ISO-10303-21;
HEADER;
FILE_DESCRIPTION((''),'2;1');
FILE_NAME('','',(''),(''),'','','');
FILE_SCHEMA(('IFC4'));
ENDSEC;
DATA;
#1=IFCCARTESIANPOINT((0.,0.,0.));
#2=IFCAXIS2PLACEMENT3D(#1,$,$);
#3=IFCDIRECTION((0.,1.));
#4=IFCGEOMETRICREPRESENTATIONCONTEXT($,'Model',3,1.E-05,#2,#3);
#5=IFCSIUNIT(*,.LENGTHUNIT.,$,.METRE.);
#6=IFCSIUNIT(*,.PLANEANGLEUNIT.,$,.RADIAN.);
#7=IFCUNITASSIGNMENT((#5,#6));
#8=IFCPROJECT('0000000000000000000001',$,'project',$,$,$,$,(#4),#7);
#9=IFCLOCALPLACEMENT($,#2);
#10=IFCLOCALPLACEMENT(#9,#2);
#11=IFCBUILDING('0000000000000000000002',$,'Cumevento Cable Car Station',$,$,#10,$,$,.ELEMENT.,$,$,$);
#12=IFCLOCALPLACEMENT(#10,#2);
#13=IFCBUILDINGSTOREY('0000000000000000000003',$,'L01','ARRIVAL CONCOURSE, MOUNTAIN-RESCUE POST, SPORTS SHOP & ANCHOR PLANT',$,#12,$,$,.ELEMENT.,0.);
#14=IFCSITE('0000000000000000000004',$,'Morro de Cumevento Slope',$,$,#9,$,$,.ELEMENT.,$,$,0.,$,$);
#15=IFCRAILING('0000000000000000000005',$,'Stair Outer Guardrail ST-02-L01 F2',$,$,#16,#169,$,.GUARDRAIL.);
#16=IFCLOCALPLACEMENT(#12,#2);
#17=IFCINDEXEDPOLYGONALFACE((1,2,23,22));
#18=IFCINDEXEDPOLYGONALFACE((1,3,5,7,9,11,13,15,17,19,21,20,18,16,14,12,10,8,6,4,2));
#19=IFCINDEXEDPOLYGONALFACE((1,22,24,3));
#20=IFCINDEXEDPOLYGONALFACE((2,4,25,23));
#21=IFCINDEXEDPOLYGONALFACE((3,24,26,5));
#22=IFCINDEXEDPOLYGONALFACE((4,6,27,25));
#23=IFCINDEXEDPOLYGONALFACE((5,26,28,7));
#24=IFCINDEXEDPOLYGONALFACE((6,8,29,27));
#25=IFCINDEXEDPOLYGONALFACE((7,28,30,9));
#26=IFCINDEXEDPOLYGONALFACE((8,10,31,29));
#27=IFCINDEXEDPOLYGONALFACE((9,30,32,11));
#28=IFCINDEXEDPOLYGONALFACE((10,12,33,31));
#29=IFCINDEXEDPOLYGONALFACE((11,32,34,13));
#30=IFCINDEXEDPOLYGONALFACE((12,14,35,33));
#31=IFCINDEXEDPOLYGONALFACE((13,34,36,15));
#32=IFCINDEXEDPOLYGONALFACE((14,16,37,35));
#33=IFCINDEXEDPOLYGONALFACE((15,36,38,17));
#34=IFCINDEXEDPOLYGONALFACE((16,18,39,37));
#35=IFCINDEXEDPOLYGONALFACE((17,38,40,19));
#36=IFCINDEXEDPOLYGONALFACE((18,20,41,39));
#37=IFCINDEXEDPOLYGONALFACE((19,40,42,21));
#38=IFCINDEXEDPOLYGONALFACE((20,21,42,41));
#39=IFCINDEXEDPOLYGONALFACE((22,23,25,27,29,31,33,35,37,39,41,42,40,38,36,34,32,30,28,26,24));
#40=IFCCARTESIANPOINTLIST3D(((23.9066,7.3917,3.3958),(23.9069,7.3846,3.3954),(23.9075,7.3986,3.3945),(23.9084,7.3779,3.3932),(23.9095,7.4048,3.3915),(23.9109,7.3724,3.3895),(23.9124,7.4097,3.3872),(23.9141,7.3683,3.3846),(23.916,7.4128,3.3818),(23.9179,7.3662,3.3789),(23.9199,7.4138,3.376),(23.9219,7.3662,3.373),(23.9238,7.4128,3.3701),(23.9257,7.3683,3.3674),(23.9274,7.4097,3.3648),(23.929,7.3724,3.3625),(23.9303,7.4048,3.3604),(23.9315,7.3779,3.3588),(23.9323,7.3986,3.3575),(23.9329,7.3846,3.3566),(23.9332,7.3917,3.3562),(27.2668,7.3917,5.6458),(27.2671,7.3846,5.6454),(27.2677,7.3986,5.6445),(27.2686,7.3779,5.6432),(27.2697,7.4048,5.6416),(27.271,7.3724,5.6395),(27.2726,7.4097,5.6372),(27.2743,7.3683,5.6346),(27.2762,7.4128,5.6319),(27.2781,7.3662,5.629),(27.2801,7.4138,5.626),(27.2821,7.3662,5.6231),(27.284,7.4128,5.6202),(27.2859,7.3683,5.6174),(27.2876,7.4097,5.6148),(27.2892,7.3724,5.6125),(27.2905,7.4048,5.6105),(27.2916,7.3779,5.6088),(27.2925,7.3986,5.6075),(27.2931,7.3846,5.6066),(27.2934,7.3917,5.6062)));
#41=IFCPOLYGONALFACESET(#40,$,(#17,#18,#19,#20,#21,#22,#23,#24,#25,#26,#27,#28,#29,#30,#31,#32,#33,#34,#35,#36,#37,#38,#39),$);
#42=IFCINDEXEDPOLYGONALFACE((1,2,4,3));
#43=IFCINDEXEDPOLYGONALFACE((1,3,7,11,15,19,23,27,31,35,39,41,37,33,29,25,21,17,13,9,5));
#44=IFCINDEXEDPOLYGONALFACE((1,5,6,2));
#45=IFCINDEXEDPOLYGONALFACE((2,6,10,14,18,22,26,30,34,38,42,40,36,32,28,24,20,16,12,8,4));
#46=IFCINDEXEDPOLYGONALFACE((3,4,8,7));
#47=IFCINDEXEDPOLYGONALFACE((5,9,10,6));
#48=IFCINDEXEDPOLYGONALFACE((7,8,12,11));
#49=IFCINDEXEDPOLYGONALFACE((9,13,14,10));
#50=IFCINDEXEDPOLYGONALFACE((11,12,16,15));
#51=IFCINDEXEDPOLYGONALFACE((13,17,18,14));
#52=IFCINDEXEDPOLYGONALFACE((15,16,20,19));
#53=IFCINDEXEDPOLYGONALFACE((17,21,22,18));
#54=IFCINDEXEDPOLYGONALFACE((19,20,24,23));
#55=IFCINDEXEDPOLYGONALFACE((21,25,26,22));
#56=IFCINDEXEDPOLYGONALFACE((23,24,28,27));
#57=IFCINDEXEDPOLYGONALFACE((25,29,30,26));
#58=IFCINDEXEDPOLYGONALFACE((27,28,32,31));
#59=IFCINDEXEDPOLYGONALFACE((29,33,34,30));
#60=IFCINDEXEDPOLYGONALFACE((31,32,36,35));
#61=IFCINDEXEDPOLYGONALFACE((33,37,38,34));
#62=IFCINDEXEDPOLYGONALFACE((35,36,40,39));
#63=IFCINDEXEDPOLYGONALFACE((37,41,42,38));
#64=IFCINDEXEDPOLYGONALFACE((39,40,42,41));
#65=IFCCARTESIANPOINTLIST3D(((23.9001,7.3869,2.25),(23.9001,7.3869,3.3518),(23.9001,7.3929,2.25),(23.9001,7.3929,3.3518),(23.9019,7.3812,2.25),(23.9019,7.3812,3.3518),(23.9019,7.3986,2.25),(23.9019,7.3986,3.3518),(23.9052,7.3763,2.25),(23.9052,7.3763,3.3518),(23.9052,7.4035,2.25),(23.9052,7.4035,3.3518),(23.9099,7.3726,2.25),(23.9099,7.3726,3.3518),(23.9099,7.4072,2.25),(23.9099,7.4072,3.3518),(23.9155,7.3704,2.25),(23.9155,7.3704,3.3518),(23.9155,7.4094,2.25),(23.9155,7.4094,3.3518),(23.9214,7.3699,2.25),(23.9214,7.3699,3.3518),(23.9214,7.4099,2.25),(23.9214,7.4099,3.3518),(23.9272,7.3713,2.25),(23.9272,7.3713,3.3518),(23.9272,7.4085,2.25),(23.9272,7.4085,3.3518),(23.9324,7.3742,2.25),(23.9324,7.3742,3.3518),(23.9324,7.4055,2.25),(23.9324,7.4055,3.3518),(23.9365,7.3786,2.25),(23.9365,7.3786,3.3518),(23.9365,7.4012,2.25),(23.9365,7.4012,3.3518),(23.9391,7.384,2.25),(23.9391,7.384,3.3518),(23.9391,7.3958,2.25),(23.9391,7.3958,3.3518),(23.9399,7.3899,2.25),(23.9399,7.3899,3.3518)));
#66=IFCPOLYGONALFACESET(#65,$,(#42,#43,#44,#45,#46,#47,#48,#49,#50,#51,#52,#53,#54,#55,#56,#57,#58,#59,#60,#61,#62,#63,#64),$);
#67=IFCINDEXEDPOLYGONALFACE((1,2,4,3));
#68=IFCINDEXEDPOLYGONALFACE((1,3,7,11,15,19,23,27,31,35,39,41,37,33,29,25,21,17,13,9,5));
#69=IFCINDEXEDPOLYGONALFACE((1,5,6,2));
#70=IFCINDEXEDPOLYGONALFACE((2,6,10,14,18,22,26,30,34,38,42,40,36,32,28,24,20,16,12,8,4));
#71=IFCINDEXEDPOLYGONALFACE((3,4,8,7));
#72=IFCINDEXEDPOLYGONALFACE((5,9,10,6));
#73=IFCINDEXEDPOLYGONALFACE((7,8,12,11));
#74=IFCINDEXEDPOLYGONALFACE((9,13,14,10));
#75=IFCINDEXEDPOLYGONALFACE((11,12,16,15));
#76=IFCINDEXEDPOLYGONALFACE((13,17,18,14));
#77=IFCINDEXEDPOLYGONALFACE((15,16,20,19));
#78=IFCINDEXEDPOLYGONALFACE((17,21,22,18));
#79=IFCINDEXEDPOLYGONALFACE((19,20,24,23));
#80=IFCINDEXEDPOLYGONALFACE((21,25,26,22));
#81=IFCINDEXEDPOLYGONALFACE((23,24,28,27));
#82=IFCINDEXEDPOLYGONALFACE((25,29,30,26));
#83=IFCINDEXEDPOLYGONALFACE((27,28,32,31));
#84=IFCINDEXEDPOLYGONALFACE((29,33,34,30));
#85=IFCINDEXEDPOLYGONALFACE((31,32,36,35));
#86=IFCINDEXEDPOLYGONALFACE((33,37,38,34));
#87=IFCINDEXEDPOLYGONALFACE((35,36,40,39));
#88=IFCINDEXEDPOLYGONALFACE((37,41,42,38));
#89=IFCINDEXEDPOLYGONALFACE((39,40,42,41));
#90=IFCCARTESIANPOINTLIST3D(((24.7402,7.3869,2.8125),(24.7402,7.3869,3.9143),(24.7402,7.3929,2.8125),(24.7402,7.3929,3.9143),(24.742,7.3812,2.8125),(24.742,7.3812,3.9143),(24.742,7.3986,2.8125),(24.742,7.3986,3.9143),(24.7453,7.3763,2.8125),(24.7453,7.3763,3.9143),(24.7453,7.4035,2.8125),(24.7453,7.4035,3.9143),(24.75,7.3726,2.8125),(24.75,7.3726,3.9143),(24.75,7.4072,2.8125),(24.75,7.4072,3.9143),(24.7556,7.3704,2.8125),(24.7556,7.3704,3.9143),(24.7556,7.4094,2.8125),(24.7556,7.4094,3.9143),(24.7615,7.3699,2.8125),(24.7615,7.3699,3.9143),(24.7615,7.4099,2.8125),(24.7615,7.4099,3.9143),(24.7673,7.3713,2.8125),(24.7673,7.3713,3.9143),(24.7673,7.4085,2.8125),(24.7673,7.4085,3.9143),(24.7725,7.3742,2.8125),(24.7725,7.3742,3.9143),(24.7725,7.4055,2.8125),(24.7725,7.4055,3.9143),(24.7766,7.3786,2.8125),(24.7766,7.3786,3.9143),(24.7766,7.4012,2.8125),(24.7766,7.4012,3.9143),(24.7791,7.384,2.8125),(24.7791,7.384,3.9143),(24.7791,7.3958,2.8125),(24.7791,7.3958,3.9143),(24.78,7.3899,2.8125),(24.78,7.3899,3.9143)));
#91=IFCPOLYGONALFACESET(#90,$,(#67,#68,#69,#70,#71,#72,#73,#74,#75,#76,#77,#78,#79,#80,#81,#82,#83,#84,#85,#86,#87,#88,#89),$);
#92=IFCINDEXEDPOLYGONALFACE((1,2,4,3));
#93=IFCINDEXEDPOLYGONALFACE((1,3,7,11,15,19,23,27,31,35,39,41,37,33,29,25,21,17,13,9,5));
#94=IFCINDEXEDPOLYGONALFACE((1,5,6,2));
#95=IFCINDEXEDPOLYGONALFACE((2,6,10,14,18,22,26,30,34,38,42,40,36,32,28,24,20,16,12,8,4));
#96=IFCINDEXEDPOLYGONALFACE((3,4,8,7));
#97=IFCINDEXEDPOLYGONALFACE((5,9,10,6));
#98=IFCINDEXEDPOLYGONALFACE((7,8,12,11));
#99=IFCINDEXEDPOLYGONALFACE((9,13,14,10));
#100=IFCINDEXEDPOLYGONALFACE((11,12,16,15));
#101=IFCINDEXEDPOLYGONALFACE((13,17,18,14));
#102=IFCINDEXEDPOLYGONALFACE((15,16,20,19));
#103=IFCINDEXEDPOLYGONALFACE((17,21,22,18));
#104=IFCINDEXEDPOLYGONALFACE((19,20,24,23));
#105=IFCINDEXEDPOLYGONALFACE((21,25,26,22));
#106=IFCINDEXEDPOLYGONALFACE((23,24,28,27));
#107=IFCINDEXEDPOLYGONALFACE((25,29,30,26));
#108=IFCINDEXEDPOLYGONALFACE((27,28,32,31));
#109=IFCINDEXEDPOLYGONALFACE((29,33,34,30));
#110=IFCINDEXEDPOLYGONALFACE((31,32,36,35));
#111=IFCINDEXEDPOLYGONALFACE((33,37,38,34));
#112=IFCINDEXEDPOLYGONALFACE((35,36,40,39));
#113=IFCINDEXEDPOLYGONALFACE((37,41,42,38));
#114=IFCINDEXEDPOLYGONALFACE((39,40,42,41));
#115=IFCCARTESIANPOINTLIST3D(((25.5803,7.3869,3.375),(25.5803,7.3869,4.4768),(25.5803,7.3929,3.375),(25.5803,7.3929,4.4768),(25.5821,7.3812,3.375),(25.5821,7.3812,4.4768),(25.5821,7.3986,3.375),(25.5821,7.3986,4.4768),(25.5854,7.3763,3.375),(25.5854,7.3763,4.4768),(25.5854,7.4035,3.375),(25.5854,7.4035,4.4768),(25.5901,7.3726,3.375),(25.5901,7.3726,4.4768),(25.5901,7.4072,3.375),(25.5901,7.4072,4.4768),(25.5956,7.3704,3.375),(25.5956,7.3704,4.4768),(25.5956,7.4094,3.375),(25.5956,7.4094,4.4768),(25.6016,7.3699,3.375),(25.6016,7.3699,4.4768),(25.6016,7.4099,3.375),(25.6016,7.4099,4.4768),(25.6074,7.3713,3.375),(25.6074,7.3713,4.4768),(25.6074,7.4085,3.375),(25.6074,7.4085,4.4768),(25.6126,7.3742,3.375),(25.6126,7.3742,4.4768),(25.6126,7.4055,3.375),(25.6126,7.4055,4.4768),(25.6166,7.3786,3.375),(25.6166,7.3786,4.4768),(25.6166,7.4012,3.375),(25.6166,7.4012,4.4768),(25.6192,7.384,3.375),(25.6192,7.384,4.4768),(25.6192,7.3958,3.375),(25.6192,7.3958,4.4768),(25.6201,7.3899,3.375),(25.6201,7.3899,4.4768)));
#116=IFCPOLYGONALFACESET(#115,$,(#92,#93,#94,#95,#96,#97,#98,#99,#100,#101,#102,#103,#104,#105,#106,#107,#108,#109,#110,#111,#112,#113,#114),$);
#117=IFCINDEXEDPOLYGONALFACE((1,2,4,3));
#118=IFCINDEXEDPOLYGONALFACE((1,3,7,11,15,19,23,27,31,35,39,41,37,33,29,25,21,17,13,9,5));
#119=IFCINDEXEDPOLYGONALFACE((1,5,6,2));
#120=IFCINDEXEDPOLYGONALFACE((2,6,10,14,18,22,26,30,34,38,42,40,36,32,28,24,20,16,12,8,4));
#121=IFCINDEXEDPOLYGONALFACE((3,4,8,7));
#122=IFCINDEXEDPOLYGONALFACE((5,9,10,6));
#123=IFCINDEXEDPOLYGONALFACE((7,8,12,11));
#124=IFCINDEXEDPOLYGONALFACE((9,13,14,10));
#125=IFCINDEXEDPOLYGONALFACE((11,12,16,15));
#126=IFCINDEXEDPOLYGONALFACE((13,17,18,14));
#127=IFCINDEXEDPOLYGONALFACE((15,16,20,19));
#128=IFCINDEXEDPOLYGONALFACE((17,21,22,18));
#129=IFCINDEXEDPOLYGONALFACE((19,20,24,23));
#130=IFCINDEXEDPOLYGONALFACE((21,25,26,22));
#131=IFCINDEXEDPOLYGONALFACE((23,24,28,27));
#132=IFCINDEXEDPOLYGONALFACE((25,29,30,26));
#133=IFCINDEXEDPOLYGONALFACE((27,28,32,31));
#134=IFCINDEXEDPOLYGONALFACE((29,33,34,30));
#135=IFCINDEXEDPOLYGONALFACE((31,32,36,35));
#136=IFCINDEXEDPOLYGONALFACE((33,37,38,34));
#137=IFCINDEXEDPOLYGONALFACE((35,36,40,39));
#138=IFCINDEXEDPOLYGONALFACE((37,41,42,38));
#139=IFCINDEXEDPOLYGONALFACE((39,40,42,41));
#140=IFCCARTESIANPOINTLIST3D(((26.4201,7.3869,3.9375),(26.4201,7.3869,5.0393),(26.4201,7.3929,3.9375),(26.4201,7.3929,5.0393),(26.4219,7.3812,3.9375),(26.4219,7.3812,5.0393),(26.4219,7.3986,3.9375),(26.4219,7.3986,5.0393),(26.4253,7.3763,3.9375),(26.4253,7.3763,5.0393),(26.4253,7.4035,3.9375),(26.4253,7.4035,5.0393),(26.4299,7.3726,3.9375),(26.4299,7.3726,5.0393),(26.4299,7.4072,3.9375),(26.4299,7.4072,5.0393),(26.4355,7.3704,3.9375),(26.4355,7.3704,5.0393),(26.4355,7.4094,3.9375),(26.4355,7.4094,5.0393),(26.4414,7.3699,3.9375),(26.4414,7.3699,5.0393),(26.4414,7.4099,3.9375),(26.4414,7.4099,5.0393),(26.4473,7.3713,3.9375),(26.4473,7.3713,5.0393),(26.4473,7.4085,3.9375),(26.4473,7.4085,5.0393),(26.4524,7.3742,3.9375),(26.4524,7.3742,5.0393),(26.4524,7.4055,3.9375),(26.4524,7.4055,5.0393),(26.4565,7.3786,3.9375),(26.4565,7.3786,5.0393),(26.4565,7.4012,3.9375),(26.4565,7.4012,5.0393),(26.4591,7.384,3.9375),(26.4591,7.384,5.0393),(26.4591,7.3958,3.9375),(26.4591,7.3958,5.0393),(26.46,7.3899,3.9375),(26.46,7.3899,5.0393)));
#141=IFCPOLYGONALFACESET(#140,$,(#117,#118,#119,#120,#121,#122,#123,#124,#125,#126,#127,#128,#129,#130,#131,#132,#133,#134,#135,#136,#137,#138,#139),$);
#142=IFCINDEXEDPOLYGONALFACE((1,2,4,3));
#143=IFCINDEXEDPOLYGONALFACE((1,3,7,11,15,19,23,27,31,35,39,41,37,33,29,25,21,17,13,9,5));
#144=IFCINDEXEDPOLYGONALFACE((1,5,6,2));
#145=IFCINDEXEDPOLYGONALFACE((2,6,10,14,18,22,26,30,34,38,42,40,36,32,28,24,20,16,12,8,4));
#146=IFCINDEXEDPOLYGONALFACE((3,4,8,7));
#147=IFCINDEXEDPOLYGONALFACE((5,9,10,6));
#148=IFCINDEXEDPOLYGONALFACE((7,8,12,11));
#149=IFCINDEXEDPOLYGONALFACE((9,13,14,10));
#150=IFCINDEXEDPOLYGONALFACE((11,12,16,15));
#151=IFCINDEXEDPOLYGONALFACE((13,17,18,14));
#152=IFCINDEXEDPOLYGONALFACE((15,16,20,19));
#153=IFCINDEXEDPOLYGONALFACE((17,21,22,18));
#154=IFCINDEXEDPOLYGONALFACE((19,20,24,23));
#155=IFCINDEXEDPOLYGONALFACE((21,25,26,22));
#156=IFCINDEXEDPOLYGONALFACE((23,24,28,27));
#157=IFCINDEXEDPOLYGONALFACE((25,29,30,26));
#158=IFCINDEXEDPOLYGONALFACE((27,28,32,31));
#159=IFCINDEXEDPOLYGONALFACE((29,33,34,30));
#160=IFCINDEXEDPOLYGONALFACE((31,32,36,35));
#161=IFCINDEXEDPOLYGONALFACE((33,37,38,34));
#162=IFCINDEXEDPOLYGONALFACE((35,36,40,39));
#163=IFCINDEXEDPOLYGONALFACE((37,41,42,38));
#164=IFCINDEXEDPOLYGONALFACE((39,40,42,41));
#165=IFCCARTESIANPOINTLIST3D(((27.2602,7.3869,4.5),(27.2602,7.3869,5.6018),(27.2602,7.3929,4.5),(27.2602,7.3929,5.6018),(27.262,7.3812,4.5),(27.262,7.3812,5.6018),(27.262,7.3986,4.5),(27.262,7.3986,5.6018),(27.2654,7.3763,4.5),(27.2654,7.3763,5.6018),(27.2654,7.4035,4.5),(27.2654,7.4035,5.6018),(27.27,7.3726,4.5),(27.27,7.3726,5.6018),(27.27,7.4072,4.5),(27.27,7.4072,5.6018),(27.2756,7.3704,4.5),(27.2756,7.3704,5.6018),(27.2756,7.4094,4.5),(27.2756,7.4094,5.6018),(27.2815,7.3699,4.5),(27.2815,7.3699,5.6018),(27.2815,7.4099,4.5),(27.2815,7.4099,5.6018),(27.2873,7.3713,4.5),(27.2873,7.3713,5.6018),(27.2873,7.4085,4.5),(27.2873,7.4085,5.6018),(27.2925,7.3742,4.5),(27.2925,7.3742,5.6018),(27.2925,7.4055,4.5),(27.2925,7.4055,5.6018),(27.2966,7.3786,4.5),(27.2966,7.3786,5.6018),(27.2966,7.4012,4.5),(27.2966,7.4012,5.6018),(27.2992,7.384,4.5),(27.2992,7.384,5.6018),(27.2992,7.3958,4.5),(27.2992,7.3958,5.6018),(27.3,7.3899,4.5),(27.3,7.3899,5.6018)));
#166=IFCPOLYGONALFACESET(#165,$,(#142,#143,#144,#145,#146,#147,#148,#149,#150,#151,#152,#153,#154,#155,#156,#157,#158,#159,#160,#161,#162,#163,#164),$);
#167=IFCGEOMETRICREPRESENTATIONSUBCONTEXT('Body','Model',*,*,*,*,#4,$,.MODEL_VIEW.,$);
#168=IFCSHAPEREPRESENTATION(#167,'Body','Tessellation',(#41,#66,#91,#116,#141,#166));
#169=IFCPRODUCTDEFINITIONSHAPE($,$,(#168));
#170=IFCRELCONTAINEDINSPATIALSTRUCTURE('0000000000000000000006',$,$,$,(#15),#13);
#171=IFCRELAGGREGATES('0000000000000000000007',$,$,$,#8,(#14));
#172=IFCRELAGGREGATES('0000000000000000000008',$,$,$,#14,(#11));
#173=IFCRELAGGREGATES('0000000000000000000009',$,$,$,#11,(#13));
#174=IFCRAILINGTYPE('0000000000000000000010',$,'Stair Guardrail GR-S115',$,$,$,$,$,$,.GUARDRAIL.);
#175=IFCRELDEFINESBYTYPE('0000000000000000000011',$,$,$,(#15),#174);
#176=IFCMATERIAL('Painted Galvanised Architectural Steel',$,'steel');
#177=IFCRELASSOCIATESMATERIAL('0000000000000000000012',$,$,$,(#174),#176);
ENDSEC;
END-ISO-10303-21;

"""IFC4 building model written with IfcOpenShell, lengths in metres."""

from ifc_helpers import new_model, si_unit, direction, frame, origin, origin_2d, place, context, subcontext, project, spatial, circle, extrude, material, type_object, element, save


model = new_model("IFC4")

# Units and contexts
model_context = context("Model", 3, precision=1e-05, world=origin(), true_north=direction((0.0, 1.0)))
body_context = subcontext(model_context, "Body", "Model", "MODEL_VIEW")
ifc_project = project(units=[si_unit("LENGTHUNIT", "METRE"), si_unit("PLANEANGLEUNIT", "RADIAN")], contexts=[model_context])

# Site, building, storey
site_placement = place(None, origin())
site = spatial("IfcSite", under=ifc_project, at=site_placement, Name="Morro de Cumevento Slope", CompositionType="ELEMENT", RefElevation=0.0)
building_placement = place(site_placement, origin())
building = spatial("IfcBuilding", under=site, at=building_placement, Name="Cumevento Cable Car Station", CompositionType="ELEMENT")
storey_placement = place(building_placement, origin())
storey = spatial("IfcBuildingStorey", under=building, at=storey_placement, Name="L01", Description="ARRIVAL CONCOURSE, MOUNTAIN-RESCUE POST, SPORTS SHOP & ANCHOR PLANT", CompositionType="ELEMENT", Elevation=0.0)

# Railing
ifc_material_1 = material(Name="Painted Galvanised Architectural Steel", Category="steel")
railing_type_1 = type_object("IfcRailingType", Name="Stair Guardrail GR-S115", PredefinedType="GUARDRAIL", material=ifc_material_1)
railing_1_placement = place(storey_placement, frame((23.9199, 7.3899, 2.25)))
element("IfcRailing", 1, at=railing_1_placement, inside=storey, type_object=railing_type_1, Name="Stair Outer Guardrail ST-02-L01 F2", PredefinedType="GUARDRAIL", context=body_context, shape_type="SweptSolid", body=[
    extrude(circle(Radius=0.0239, at=origin_2d()), frame((0.0, 0.0, 1.126), z_axis=(0.830915, 0.0, 0.556399), x_axis=(0.0, 1.0, 0.0)), (0.0, 0.0, 1.0), 4.0439),
    extrude(circle(Radius=0.02, at=origin_2d()), origin(), (0.0, 0.0, 1.0), 1.1018),
    extrude(circle(Radius=0.02, at=origin_2d()), frame((0.8401, 0.0, 0.5625)), (0.0, 0.0, 1.0), 1.1018),
    extrude(circle(Radius=0.02, at=origin_2d()), frame((1.6802, 0.0, 1.125)), (0.0, 0.0, 1.0), 1.1018),
    extrude(circle(Radius=0.02, at=origin_2d()), frame((2.52, 0.0, 1.6875)), (0.0, 0.0, 1.0), 1.1018),
    extrude(circle(Radius=0.02, at=origin_2d()), frame((3.3601, 0.0, 2.25)), (0.0, 0.0, 1.0), 1.1018),
])

save(model, "model.ifc")
